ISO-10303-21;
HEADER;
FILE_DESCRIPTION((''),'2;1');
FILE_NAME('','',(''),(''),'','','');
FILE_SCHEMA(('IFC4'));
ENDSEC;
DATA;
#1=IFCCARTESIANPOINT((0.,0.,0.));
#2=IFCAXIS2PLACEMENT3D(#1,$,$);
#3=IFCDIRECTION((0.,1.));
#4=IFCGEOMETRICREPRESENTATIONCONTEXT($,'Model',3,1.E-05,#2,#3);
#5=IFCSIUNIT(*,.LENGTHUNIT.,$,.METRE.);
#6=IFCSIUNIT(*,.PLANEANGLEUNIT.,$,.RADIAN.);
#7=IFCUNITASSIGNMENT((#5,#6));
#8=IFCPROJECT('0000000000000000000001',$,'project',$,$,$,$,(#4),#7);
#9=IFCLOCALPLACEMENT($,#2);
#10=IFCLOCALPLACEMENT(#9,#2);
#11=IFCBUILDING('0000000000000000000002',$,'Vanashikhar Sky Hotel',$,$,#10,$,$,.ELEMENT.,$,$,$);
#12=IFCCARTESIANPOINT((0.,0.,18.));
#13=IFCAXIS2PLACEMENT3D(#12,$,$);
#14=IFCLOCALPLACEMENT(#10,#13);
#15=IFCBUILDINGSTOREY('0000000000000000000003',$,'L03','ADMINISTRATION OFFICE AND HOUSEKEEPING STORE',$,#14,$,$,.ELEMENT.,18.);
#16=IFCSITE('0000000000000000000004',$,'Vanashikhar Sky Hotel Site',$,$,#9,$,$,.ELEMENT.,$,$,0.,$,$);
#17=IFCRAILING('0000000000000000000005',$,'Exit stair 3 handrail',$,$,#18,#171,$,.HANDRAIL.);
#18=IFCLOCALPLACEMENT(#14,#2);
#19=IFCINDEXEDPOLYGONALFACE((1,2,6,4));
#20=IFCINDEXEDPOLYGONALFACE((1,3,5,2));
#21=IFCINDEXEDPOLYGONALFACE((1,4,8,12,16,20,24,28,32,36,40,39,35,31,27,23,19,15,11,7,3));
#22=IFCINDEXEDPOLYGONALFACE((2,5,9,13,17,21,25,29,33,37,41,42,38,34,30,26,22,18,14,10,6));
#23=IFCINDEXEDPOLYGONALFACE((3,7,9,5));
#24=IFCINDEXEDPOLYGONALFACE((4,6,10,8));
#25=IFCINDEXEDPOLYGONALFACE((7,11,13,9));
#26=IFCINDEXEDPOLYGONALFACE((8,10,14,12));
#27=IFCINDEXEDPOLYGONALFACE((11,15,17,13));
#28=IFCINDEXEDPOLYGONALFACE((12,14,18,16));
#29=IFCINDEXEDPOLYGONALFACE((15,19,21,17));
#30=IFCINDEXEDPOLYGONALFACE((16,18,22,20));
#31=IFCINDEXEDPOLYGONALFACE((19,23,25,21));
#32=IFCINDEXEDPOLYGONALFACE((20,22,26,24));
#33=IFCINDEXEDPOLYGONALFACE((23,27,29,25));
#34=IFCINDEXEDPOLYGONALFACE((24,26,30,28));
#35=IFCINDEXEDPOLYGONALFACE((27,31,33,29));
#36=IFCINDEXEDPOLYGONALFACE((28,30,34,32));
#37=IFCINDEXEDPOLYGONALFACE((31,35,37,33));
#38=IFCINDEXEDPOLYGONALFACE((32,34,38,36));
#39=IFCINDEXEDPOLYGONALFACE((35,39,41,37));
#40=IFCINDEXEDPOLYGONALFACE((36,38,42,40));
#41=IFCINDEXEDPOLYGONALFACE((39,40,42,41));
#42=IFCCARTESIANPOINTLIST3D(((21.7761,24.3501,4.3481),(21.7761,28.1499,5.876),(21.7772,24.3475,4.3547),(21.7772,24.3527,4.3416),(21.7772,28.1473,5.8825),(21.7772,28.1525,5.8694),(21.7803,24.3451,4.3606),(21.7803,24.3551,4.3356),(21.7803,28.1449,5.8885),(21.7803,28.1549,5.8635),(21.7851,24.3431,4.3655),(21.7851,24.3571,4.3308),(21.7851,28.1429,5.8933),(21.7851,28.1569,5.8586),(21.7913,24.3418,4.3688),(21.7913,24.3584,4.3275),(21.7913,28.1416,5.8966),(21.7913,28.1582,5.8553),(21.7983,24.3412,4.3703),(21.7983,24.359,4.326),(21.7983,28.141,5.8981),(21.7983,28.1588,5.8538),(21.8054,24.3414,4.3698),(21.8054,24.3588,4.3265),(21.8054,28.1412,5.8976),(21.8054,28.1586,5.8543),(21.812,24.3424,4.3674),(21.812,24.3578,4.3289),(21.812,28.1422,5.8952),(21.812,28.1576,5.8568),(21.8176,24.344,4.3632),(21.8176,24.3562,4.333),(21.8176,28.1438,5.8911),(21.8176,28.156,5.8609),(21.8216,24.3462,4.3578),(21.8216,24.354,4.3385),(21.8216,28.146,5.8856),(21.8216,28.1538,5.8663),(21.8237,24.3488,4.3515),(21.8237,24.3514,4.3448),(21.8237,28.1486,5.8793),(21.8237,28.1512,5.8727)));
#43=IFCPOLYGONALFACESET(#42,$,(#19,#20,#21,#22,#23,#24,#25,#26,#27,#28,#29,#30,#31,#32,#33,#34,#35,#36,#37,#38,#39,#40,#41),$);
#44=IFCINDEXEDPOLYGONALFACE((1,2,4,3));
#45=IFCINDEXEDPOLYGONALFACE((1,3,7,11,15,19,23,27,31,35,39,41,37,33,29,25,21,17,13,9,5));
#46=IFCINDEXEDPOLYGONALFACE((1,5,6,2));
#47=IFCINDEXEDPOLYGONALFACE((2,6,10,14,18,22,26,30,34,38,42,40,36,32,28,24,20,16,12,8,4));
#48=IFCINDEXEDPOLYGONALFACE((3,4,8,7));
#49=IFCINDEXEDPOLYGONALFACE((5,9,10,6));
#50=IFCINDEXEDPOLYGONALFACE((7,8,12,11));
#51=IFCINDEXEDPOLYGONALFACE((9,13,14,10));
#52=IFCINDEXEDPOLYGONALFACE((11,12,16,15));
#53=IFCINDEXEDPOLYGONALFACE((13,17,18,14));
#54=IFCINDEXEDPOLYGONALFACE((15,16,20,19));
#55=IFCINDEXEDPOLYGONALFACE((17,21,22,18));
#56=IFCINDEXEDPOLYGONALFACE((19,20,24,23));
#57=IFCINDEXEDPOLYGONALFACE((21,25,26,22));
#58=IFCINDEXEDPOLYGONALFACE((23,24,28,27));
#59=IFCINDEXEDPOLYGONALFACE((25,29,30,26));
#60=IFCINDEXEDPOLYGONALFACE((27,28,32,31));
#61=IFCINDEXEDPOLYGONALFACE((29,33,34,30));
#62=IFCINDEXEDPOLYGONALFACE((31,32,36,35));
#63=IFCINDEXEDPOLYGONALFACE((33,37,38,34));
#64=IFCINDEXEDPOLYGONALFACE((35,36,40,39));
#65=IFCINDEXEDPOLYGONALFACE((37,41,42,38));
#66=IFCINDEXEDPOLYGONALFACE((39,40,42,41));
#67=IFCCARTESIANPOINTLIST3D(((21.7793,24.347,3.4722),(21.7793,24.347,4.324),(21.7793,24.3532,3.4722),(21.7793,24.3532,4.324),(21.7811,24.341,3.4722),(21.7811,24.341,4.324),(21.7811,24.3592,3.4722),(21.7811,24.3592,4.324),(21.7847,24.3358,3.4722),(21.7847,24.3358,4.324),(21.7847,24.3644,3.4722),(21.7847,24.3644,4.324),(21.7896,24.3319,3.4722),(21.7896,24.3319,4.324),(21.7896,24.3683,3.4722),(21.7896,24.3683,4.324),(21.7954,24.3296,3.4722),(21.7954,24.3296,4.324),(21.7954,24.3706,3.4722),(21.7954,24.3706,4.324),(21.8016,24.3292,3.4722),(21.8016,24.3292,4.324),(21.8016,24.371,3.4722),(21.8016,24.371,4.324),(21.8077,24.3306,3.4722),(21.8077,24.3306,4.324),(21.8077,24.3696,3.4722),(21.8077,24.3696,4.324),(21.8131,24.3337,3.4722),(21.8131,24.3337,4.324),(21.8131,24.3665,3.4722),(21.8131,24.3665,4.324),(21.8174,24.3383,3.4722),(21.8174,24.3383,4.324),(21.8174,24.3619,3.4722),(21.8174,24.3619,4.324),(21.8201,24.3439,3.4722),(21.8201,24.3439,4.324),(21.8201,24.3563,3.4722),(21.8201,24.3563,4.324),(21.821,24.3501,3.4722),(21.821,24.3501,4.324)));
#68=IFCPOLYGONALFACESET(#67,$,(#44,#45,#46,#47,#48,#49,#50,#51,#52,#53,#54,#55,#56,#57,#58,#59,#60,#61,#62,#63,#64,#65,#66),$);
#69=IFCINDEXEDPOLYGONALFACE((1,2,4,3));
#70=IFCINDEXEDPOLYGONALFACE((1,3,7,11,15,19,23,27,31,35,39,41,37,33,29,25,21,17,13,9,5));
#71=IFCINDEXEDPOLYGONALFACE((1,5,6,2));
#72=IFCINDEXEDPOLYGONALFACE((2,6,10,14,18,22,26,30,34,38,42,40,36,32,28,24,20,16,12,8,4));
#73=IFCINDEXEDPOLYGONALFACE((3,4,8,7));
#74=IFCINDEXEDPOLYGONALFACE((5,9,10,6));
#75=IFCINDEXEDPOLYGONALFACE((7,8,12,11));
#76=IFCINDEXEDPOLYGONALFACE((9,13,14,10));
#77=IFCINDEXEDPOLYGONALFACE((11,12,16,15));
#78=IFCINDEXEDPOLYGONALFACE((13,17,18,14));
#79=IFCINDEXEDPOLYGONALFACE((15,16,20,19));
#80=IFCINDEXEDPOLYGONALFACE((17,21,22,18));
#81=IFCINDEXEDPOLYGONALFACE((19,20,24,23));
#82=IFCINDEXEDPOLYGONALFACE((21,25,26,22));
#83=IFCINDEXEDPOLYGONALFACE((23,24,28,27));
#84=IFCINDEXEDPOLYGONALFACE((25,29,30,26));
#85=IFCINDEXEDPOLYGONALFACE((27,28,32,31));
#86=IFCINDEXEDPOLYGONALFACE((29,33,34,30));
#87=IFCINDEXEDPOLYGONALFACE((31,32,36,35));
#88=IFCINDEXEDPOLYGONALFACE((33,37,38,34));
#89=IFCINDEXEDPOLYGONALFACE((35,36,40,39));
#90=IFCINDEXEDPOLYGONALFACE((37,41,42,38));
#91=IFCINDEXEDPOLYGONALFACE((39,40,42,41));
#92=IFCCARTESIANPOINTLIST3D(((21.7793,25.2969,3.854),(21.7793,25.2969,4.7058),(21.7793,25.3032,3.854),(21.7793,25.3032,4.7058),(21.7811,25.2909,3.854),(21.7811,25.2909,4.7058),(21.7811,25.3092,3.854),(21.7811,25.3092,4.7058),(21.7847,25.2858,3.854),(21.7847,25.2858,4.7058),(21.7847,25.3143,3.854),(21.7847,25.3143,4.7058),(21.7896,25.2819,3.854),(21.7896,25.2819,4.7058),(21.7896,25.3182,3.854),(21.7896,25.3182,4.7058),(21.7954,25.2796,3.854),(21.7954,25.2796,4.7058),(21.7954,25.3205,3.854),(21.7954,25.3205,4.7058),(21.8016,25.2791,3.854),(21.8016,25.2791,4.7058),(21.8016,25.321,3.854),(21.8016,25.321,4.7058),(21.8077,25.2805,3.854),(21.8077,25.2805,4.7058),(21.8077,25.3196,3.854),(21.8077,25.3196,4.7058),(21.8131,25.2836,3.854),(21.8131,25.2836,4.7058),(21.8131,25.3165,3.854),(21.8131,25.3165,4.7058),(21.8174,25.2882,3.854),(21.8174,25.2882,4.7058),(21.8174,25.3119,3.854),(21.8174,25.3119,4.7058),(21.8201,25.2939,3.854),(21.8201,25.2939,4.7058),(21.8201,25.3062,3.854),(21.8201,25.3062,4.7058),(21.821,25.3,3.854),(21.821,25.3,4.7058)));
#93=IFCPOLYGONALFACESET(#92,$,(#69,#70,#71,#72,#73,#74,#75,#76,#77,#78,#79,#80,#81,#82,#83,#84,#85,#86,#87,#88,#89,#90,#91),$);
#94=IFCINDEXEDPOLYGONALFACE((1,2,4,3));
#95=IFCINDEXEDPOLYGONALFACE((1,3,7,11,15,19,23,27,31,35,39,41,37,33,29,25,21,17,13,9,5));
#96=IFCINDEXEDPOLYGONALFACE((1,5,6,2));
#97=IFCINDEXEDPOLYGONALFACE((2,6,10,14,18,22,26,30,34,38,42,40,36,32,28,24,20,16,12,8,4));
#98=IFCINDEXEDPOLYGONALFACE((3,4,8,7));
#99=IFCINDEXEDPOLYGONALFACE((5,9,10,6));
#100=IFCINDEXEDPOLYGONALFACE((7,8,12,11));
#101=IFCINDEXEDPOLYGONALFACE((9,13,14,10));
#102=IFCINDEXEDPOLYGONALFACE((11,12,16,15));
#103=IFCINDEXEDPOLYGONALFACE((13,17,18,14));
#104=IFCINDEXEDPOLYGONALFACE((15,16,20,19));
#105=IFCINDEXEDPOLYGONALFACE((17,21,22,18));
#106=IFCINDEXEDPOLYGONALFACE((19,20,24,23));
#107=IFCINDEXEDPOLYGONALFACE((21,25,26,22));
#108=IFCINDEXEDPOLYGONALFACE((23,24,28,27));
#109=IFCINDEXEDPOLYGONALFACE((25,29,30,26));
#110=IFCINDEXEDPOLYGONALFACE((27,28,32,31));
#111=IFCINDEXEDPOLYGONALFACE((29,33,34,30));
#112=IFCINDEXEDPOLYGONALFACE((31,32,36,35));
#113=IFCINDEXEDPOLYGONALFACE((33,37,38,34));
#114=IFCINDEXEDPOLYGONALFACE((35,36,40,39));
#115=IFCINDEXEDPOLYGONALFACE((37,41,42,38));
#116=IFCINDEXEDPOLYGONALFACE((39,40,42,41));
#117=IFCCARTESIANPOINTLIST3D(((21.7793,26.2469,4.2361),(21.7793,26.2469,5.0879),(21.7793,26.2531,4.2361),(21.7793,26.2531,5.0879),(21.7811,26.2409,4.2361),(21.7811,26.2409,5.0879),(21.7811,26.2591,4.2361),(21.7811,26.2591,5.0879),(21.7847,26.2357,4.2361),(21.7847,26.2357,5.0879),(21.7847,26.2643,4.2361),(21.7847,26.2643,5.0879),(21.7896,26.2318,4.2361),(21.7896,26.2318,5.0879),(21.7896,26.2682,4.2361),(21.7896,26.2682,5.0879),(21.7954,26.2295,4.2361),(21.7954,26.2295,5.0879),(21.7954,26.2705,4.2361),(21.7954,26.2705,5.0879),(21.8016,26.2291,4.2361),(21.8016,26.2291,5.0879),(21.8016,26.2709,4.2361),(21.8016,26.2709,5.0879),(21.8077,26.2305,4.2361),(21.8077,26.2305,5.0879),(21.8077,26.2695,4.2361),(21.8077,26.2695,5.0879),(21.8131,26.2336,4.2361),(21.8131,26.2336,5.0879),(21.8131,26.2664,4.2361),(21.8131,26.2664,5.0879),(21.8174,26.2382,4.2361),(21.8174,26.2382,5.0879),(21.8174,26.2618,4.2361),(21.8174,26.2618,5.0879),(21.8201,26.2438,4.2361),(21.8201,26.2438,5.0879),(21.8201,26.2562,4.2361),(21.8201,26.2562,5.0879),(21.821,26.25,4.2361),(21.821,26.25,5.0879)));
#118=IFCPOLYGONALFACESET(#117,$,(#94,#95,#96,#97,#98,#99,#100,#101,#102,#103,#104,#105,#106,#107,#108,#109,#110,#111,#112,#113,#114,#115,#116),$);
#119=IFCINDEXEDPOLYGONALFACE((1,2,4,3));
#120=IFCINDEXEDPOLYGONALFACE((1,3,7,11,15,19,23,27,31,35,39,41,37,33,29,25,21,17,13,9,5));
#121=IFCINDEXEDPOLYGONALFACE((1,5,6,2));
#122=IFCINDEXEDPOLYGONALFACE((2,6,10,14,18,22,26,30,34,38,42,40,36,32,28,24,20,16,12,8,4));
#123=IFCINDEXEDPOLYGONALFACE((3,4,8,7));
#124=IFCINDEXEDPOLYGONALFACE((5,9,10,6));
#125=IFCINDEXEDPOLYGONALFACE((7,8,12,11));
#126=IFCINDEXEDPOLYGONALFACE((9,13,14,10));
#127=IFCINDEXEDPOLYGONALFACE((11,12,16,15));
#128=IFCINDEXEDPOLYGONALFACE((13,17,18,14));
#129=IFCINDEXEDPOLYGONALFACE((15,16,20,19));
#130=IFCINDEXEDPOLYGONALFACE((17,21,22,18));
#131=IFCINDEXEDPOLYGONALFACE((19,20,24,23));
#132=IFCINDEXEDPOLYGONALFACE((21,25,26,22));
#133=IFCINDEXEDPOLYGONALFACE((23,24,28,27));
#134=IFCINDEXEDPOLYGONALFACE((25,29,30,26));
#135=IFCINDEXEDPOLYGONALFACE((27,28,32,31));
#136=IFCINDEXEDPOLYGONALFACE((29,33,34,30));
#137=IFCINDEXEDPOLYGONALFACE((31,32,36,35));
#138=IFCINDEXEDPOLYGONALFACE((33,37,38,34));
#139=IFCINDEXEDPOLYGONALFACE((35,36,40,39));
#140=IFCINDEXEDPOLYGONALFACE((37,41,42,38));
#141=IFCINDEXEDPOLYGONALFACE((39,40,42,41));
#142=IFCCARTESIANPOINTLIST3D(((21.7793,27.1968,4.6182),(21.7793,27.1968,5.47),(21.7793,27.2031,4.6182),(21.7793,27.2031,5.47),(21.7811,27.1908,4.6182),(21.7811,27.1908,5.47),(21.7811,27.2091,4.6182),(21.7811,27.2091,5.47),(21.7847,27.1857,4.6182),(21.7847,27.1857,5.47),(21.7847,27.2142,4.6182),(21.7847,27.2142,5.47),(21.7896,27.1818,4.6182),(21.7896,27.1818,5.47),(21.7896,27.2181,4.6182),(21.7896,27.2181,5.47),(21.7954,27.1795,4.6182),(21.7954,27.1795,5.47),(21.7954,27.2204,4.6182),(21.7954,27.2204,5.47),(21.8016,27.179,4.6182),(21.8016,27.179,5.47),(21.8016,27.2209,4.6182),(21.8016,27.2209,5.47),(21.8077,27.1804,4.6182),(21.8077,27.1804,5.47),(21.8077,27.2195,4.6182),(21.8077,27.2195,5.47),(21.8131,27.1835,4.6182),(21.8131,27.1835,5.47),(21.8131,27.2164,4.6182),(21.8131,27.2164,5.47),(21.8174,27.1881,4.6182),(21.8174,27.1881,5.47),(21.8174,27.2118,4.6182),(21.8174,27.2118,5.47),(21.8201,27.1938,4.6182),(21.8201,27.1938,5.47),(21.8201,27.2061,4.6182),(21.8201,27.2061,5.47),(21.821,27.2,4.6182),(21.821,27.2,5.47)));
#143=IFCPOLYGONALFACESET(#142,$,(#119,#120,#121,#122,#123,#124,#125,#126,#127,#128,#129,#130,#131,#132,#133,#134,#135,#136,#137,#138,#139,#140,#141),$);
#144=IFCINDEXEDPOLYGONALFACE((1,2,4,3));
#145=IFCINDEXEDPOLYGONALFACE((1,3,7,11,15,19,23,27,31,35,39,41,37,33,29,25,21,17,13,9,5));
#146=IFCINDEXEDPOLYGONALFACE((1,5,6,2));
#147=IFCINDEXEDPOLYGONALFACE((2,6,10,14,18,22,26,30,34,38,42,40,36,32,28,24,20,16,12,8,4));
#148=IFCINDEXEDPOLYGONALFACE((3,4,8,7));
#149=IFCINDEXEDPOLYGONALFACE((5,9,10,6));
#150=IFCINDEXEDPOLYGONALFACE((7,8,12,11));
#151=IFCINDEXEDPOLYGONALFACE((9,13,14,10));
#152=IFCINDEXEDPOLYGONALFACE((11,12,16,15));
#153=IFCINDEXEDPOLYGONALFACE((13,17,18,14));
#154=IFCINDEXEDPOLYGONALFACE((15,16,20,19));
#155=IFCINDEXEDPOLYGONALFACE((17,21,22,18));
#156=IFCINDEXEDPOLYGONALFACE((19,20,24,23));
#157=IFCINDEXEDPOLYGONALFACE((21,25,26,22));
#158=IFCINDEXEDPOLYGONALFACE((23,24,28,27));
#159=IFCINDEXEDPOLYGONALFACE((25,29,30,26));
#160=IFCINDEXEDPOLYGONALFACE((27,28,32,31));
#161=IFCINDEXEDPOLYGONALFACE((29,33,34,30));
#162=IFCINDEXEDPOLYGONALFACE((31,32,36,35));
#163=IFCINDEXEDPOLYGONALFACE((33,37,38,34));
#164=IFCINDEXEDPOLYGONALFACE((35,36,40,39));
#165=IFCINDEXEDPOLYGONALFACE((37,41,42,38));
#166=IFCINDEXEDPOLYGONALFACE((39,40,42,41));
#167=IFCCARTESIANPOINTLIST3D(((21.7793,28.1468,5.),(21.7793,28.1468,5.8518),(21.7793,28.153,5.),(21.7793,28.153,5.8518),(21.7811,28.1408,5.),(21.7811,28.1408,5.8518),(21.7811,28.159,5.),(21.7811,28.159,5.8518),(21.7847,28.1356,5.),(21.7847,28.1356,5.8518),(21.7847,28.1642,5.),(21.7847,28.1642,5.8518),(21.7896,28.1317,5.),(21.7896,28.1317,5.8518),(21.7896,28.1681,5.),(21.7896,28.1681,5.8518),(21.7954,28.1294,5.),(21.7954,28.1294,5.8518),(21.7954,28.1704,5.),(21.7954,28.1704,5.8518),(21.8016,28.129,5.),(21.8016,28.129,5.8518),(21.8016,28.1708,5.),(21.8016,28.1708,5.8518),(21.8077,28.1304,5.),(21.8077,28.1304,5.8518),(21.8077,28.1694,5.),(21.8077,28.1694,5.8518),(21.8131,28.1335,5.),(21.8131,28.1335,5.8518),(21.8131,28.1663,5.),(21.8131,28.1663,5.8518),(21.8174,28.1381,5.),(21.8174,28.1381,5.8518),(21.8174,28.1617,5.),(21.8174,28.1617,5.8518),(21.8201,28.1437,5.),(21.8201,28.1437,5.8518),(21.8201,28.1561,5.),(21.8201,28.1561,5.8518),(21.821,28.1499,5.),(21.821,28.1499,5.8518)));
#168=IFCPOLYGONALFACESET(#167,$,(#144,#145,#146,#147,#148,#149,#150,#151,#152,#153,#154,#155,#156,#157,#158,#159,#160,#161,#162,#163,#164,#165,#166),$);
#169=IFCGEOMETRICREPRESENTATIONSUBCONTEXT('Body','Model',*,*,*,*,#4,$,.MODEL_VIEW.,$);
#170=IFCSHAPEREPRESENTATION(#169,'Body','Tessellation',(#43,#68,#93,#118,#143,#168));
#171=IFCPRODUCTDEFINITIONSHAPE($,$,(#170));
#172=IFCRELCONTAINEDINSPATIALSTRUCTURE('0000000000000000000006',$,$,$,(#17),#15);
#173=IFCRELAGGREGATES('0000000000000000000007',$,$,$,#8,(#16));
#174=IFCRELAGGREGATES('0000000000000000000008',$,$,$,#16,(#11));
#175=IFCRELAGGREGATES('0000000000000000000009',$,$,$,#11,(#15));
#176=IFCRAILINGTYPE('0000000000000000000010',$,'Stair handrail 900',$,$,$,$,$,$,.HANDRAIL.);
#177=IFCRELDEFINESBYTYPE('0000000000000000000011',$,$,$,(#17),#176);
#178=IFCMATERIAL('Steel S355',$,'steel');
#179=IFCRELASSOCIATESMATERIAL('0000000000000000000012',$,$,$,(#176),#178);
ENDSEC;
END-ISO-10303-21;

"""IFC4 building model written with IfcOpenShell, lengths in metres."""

from ifc_helpers import new_model, si_unit, direction, frame, origin, origin_2d, place, context, subcontext, project, spatial, circle, extrude, source, transform, mapped, material, type_object, element, save


model = new_model("IFC4")

# Units and contexts
model_context = context("Model", 3, precision=1e-05, world=origin(), true_north=direction((0.0, 1.0)))
body_context = subcontext(model_context, "Body", "Model", "MODEL_VIEW")
ifc_project = project(units=[si_unit("LENGTHUNIT", "METRE"), si_unit("PLANEANGLEUNIT", "RADIAN")], contexts=[model_context])

# Site, building, storey
site_placement = place(None, origin())
site = spatial("IfcSite", under=ifc_project, at=site_placement, Name="Vanashikhar Sky Hotel Site", CompositionType="ELEMENT", RefElevation=0.0)
building_placement = place(site_placement, origin())
building = spatial("IfcBuilding", under=site, at=building_placement, Name="Vanashikhar Sky Hotel", CompositionType="ELEMENT")
storey_placement = place(building_placement, frame((0.0, 0.0, 18.0)))
storey = spatial("IfcBuildingStorey", under=building, at=storey_placement, Name="L03", Description="ADMINISTRATION OFFICE AND HOUSEKEEPING STORE", CompositionType="ELEMENT", Elevation=18.0)

# Railing
ifc_material_1 = material(Name="Steel S355", Category="steel")
railing_type_1 = type_object("IfcRailingType", Name="Stair handrail 900", PredefinedType="HANDRAIL", material=ifc_material_1)
shared_shape_1 = source(origin(), body_context, "Body", "SweptSolid", [
    extrude(circle(Radius=0.0239, at=origin_2d()), frame((0.0, 0.0, 0.876), z_axis=(0.0, 0.927809, 0.373055), x_axis=(-1.0, 0.0, 0.0)), (0.0, 0.0, 1.0), 4.0955),
    extrude(circle(Radius=0.021, at=origin_2d()), origin(), (0.0, 0.0, 1.0), 0.8518),
    extrude(circle(Radius=0.021, at=origin_2d()), frame((0.0, 0.95, 0.3818)), (0.0, 0.0, 1.0), 0.8518),
    extrude(circle(Radius=0.021, at=origin_2d()), frame((0.0, 1.8999, 0.7639)), (0.0, 0.0, 1.0), 0.8518),
    extrude(circle(Radius=0.021, at=origin_2d()), frame((0.0, 2.8499, 1.146)), (0.0, 0.0, 1.0), 0.8518),
    extrude(circle(Radius=0.021, at=origin_2d()), frame((0.0, 3.7998, 1.5278)), (0.0, 0.0, 1.0), 0.8518),
])
for number, where, name in (
    (1, (21.8, 24.3501, 3.4722), "Exit stair 3 handrail"),
):
    element("IfcRailing", number, at=place(storey_placement, frame(where)), inside=storey, type_object=railing_type_1, Name=name, PredefinedType="HANDRAIL", context=body_context, shape_type="MappedRepresentation", body=[
        mapped(shared_shape_1, transform((0.0, 0.0, 0.0), scale=1.0)),
    ])

save(model, "model.ifc")
